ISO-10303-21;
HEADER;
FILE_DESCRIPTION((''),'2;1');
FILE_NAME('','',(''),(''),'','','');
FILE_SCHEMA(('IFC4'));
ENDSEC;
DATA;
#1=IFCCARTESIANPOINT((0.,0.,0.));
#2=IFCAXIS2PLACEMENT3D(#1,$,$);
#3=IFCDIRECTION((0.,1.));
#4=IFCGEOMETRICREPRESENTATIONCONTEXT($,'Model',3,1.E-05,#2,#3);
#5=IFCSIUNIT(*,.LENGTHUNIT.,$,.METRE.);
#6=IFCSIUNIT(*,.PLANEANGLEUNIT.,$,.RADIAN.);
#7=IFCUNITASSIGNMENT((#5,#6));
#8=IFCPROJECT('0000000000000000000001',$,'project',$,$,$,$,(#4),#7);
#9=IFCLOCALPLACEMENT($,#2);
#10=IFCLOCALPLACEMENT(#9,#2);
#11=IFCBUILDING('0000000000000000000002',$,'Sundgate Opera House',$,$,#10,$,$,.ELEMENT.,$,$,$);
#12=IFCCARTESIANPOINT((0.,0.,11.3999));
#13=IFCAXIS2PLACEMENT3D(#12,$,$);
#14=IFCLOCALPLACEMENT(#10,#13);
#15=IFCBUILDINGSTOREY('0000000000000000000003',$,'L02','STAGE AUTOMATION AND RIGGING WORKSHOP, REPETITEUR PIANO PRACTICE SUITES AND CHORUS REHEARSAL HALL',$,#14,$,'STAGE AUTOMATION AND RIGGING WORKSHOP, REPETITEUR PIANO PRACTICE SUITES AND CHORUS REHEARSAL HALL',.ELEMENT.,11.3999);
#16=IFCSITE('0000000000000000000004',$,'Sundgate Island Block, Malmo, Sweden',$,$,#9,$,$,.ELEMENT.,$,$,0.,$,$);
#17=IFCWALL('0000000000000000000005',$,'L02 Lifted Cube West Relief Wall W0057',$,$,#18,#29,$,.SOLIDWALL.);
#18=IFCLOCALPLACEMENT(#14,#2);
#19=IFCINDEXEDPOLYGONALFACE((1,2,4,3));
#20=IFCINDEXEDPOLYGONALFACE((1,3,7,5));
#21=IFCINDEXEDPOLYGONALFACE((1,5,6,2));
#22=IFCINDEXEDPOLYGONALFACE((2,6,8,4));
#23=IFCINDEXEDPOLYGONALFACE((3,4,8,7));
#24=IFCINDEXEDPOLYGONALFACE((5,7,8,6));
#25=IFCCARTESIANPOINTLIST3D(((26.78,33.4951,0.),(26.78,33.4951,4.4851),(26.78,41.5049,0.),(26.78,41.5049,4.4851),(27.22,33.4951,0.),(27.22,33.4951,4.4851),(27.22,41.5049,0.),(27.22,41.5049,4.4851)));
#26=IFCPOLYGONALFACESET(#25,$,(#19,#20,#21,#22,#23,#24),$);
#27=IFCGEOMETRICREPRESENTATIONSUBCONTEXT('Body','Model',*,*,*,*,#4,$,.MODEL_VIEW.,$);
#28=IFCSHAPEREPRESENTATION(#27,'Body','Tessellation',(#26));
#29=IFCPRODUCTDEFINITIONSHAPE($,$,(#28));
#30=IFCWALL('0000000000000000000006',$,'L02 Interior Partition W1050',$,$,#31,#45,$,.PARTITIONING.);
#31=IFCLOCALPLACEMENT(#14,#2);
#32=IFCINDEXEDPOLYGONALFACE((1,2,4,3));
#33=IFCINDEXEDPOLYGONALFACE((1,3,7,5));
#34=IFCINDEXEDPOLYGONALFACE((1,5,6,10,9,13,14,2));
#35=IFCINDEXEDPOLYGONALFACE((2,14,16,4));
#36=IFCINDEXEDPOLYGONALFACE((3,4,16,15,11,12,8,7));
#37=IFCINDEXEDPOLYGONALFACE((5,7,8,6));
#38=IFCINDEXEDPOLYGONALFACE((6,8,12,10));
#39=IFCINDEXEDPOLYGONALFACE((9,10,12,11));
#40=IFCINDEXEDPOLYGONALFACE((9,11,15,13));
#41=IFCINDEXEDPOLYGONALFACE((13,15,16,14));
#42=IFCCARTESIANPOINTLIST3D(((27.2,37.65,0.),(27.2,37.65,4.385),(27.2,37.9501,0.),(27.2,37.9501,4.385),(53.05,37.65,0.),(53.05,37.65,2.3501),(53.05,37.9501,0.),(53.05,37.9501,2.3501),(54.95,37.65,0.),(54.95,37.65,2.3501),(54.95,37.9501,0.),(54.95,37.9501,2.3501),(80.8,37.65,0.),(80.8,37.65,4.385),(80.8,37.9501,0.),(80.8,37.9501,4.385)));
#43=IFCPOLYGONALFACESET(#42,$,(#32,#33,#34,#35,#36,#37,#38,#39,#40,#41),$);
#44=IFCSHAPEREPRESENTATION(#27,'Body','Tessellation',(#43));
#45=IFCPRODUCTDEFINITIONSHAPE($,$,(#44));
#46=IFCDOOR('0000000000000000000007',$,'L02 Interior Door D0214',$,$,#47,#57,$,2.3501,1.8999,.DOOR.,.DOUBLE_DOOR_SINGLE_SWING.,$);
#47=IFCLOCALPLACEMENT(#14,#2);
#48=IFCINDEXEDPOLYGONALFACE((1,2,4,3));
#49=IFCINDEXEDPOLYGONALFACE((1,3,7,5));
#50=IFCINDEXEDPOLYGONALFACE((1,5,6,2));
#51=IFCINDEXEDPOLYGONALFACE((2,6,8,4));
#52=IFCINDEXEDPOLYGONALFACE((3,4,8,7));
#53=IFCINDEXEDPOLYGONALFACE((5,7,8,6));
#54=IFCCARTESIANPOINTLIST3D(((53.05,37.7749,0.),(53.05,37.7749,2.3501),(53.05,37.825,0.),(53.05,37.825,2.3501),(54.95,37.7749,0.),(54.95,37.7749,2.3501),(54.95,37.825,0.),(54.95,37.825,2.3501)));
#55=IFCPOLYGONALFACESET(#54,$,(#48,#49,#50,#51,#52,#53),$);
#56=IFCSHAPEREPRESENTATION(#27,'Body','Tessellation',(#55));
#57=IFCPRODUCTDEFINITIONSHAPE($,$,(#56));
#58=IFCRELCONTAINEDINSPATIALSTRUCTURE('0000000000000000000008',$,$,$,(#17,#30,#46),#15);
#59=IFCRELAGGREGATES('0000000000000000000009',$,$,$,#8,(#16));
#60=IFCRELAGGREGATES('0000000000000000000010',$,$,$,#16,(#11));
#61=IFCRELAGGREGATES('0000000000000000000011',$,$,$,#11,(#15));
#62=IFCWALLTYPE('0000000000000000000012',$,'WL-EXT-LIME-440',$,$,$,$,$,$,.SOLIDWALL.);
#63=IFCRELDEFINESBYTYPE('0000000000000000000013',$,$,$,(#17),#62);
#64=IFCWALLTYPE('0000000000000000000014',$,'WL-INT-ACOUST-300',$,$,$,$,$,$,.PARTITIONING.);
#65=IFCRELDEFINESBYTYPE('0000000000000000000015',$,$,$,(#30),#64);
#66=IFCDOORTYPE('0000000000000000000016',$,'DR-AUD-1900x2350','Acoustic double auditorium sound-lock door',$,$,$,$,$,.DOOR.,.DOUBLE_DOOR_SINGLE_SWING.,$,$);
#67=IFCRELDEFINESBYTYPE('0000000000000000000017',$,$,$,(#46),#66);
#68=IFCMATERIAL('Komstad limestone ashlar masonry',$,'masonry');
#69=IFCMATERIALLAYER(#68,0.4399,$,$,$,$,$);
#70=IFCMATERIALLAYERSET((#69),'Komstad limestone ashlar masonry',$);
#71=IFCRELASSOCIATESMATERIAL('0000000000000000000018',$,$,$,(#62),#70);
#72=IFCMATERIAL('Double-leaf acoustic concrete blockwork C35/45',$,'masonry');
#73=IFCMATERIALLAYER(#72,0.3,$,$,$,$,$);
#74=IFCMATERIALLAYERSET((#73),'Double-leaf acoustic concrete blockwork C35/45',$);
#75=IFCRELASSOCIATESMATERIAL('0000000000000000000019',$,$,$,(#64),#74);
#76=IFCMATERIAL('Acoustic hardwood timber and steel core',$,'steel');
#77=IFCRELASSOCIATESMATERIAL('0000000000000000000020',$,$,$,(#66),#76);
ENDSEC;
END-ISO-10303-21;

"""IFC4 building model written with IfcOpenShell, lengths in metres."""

from ifc_helpers import new_model, si_unit, direction, frame, frame_2d, origin, place, context, subcontext, project, spatial, rectangle, extrude, material, layer, layer_set, type_object, element, fill, save


model = new_model("IFC4")

# Units and contexts
model_context = context("Model", 3, precision=1e-05, world=origin(), true_north=direction((0.0, 1.0)))
body_context = subcontext(model_context, "Body", "Model", "MODEL_VIEW")
ifc_project = project(units=[si_unit("LENGTHUNIT", "METRE"), si_unit("PLANEANGLEUNIT", "RADIAN")], contexts=[model_context])

# Site, building, storey
site_placement = place(None, origin())
site = spatial("IfcSite", under=ifc_project, at=site_placement, Name="Sundgate Island Block, Malmo, Sweden", CompositionType="ELEMENT", RefElevation=0.0)
building_placement = place(site_placement, origin())
building = spatial("IfcBuilding", under=site, at=building_placement, Name="Sundgate Opera House", CompositionType="ELEMENT")
storey_placement = place(building_placement, frame((0.0, 0.0, 11.3999)))
storey = spatial("IfcBuildingStorey", under=building, at=storey_placement, Name="L02", Description="STAGE AUTOMATION AND RIGGING WORKSHOP, REPETITEUR PIANO PRACTICE SUITES AND CHORUS REHEARSAL HALL", LongName="STAGE AUTOMATION AND RIGGING WORKSHOP, REPETITEUR PIANO PRACTICE SUITES AND CHORUS REHEARSAL HALL", CompositionType="ELEMENT", Elevation=11.3999)

# Wall
ifc_material_1 = material(Name="Komstad limestone ashlar masonry", Category="masonry")
ifc_layer_1 = layer(ifc_material_1, 0.4399)
ifc_layer_set_1 = layer_set([ifc_layer_1], Name="Komstad limestone ashlar masonry")
wall_type_1 = type_object("IfcWallType", Name="WL-EXT-LIME-440", PredefinedType="SOLIDWALL", material=ifc_layer_set_1)
wall_1_placement = place(storey_placement, frame((27.0, 41.5049, 0.0), z_axis=(0.0, 0.0, 1.0), x_axis=(0.0, -1.0, 0.0)))
element("IfcWall", 1, at=wall_1_placement, inside=storey, type_object=wall_type_1, Name="L02 Lifted Cube West Relief Wall W0057", PredefinedType="SOLIDWALL", context=body_context, shape_type="SweptSolid", body=[
    extrude(rectangle(XDim=8.0098, YDim=0.4399, at=frame_2d((4.0049, 0.0))), origin(), (0.0, 0.0, 1.0), 4.4851),
])

# Wall, opening, door
ifc_material_2 = material(Name="Double-leaf acoustic concrete blockwork C35/45", Category="masonry")
ifc_layer_2 = layer(ifc_material_2, 0.3)
ifc_layer_set_2 = layer_set([ifc_layer_2], Name="Double-leaf acoustic concrete blockwork C35/45")
wall_type_2 = type_object("IfcWallType", Name="WL-INT-ACOUST-300", PredefinedType="PARTITIONING", material=ifc_layer_set_2)
wall_2_placement = place(storey_placement, frame((27.2, 37.8, 0.0), z_axis=(0.0, 0.0, 1.0), x_axis=(1.0, 0.0, 0.0)))
wall_2 = element("IfcWall", 2, at=wall_2_placement, inside=storey, type_object=wall_type_2, Name="L02 Interior Partition W1050", PredefinedType="PARTITIONING", context=body_context, shape_type="SweptSolid", body=[
    extrude(rectangle(XDim=53.6001, YDim=0.3, at=frame_2d((26.8, 0.0))), origin(), (0.0, 0.0, 1.0), 4.385),
])
opening_placement = place(wall_2_placement, frame((25.8501, 0.0, 0.0)))
opening = element("IfcOpeningElement", 3, at=opening_placement, cuts=wall_2, PredefinedType="OPENING", context=body_context, shape_type="SweptSolid", body=[
    extrude(rectangle(XDim=1.8999, YDim=2.3501, at=frame_2d((0.95, 1.175))), frame((0.0, 0.1599, 0.0), z_axis=(0.0, -1.0, 0.0), x_axis=(1.0, 0.0, 0.0)), (0.0, 0.0, 1.0), 0.3201),
])
ifc_material_3 = material(Name="Acoustic hardwood timber and steel core", Category="steel")
door_type = type_object("IfcDoorType", Name="DR-AUD-1900x2350", Description="Acoustic double auditorium sound-lock door", OperationType="DOUBLE_DOOR_SINGLE_SWING", PredefinedType="DOOR", material=ifc_material_3)
door_placement = place(opening_placement, origin())
door = element("IfcDoor", 4, at=door_placement, inside=storey, type_object=door_type, Name="L02 Interior Door D0214", OperationType="DOUBLE_DOOR_SINGLE_SWING", OverallHeight=2.3501, OverallWidth=1.8999, PredefinedType="DOOR", context=body_context, shape_type="SweptSolid", body=[
    extrude(rectangle(XDim=1.8999, YDim=2.3501, at=frame_2d((0.95, 1.175))), frame((0.0, 0.0249, 0.0), z_axis=(0.0, -1.0, 0.0), x_axis=(1.0, 0.0, 0.0)), (0.0, 0.0, 1.0), 0.05),
])
fill(opening, door)

save(model, "model.ifc")
